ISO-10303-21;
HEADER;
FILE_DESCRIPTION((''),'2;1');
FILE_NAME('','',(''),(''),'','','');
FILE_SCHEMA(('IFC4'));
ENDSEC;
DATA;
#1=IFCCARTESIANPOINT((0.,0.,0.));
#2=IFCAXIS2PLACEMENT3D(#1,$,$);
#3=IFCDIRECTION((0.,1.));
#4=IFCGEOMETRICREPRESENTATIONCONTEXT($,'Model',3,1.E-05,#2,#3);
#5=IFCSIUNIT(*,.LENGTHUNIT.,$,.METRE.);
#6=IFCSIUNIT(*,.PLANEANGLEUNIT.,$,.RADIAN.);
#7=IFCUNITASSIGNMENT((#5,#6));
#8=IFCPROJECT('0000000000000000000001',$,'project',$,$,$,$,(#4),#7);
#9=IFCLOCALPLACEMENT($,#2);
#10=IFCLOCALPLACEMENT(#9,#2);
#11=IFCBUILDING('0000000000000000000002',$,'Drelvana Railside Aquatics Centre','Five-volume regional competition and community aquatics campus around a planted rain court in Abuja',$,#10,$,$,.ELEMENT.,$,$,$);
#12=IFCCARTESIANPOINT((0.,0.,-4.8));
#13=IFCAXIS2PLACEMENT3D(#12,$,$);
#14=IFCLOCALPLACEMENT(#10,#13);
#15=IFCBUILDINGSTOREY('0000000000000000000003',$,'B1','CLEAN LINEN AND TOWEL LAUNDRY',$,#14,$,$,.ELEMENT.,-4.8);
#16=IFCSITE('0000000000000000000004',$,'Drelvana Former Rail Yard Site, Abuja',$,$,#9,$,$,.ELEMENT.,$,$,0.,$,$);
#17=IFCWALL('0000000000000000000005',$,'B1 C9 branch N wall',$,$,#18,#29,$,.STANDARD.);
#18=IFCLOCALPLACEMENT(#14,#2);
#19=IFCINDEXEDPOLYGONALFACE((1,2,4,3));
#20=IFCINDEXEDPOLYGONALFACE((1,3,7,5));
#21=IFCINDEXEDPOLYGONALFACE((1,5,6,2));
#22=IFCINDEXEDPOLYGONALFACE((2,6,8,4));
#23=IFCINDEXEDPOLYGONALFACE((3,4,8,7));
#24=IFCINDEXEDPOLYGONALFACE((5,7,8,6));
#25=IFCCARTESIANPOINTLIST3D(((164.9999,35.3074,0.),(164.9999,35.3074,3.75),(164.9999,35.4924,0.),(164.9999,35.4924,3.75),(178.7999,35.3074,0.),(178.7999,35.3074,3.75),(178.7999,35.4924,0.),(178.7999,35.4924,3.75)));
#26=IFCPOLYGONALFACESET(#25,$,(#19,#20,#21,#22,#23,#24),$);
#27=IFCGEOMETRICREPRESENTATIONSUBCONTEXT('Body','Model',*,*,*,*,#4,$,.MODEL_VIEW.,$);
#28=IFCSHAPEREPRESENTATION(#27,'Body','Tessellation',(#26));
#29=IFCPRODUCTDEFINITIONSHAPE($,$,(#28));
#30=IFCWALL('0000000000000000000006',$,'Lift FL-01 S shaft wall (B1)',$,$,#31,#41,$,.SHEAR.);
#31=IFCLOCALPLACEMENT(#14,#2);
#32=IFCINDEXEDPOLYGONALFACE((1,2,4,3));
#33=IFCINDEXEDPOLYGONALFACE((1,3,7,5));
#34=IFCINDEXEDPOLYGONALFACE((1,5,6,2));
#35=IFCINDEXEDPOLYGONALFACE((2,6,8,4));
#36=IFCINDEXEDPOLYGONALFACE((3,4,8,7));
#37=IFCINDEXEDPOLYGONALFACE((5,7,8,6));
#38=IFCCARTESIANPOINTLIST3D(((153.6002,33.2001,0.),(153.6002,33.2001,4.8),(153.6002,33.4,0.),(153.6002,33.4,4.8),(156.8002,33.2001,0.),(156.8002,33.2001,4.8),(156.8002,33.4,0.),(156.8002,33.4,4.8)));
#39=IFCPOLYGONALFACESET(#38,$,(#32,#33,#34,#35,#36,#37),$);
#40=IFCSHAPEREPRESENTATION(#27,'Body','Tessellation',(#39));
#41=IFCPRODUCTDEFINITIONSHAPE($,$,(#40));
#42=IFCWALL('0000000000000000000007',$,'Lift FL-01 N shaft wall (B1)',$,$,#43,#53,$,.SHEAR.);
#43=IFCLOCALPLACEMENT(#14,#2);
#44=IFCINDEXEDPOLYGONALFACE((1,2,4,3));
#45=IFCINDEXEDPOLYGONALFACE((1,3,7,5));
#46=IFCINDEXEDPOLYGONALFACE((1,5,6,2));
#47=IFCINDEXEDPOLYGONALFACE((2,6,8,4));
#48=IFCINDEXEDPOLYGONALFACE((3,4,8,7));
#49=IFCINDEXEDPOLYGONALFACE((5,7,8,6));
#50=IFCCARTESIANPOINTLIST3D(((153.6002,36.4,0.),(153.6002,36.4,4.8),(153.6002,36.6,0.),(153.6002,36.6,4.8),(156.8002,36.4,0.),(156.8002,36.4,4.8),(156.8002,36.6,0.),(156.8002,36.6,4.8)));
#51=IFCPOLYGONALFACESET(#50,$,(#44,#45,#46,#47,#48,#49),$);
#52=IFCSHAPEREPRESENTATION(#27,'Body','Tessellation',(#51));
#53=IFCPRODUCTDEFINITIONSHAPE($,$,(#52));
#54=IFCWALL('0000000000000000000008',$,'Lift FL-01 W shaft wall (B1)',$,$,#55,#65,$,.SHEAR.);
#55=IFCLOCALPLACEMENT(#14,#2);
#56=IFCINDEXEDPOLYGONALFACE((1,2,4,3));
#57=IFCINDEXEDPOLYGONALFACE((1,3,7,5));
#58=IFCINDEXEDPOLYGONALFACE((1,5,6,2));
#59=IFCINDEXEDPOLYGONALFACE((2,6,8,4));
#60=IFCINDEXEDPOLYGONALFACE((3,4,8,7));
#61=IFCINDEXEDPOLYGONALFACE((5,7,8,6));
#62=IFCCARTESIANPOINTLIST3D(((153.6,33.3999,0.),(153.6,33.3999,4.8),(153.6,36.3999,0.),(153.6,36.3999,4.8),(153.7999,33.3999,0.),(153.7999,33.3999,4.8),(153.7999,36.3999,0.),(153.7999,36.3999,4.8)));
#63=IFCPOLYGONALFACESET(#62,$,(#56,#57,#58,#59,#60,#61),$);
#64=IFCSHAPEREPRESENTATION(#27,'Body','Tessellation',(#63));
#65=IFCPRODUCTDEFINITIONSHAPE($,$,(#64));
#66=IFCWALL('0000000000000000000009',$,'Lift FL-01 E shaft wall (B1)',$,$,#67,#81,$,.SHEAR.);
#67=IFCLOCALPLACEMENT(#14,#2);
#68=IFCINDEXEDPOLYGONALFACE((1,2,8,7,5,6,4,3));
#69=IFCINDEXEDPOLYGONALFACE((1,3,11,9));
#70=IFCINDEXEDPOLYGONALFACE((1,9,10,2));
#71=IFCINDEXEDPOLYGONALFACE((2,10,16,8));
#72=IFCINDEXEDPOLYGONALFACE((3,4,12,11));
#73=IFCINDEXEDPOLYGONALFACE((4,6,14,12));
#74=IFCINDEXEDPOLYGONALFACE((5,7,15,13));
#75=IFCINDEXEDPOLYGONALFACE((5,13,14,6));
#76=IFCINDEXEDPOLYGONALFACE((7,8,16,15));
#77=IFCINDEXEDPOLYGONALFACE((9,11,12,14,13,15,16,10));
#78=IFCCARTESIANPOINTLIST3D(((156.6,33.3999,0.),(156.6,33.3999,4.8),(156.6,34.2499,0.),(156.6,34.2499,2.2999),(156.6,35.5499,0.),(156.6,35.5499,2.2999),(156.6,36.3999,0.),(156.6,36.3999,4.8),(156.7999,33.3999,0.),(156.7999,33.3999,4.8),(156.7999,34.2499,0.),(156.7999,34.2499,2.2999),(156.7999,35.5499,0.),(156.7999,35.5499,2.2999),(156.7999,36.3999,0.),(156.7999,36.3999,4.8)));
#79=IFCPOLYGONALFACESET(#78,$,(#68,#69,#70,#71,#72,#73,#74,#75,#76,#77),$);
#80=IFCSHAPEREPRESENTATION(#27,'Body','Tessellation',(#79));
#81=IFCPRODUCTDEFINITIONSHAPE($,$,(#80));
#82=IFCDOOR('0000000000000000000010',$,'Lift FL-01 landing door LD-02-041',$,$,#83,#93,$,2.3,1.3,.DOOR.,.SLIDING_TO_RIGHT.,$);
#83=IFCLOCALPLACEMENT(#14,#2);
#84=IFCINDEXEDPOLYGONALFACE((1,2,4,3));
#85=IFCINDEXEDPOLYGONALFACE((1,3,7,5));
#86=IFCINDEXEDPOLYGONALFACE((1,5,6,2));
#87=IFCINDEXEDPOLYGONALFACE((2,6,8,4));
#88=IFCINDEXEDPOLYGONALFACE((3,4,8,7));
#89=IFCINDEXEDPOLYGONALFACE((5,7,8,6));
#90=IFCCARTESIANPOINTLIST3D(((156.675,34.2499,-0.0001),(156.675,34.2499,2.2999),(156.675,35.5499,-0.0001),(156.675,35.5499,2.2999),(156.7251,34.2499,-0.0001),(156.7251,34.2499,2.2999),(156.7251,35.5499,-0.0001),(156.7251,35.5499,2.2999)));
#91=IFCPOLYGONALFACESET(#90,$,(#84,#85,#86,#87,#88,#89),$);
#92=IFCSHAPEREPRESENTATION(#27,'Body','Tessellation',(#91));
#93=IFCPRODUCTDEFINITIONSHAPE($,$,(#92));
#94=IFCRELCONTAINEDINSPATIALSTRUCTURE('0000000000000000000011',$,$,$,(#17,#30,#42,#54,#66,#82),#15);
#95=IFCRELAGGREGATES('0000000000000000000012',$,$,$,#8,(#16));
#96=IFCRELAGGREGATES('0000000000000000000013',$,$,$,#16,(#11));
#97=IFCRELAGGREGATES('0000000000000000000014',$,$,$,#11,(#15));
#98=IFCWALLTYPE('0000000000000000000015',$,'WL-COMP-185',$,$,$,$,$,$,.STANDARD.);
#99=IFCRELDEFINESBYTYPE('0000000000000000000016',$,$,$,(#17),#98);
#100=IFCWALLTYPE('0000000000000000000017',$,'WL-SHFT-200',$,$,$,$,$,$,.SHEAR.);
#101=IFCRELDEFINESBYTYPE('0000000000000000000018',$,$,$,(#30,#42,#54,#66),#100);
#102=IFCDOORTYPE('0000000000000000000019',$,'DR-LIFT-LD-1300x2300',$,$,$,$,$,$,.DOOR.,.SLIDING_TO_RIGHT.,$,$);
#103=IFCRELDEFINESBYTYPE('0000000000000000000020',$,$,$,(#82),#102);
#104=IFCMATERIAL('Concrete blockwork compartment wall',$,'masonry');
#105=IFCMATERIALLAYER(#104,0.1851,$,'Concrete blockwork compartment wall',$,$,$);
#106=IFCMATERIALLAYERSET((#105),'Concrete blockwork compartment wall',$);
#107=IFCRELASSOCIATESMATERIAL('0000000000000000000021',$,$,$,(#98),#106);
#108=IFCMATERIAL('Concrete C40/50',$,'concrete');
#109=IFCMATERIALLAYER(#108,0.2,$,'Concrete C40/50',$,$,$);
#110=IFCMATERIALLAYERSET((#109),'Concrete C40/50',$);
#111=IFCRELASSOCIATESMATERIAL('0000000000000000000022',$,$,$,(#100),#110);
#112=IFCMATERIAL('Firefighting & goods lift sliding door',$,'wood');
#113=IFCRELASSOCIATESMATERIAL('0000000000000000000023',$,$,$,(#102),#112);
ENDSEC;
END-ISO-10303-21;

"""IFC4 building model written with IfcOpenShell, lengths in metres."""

from ifc_helpers import new_model, si_unit, direction, frame, frame_2d, origin, place, context, subcontext, project, spatial, rectangle, extrude, material, layer, layer_set, type_object, element, fill, save


model = new_model("IFC4")

# Units and contexts
model_context = context("Model", 3, precision=1e-05, world=origin(), true_north=direction((0.0, 1.0)))
body_context = subcontext(model_context, "Body", "Model", "MODEL_VIEW")
ifc_project = project(units=[si_unit("LENGTHUNIT", "METRE"), si_unit("PLANEANGLEUNIT", "RADIAN")], contexts=[model_context])

# Site, building, storey
site_placement = place(None, origin())
site = spatial("IfcSite", under=ifc_project, at=site_placement, Name="Drelvana Former Rail Yard Site, Abuja", CompositionType="ELEMENT", RefElevation=0.0)
building_placement = place(site_placement, origin())
building = spatial("IfcBuilding", under=site, at=building_placement, Name="Drelvana Railside Aquatics Centre", Description="Five-volume regional competition and community aquatics campus around a planted rain court in Abuja", CompositionType="ELEMENT")
storey_placement = place(building_placement, frame((0.0, 0.0, -4.8)))
storey = spatial("IfcBuildingStorey", under=building, at=storey_placement, Name="B1", Description="CLEAN LINEN AND TOWEL LAUNDRY", CompositionType="ELEMENT", Elevation=-4.8)

# Shared definitions
ifc_material_1 = material(Name="Concrete C40/50", Category="concrete")

# Shared definitions
ifc_material_2 = material(Name="Concrete blockwork compartment wall", Category="masonry")
ifc_layer_1 = layer(ifc_material_2, 0.1851, Name="Concrete blockwork compartment wall")
ifc_layer_set_1 = layer_set([ifc_layer_1], Name="Concrete blockwork compartment wall")
wall_type_1 = type_object("IfcWallType", Name="WL-COMP-185", PredefinedType="STANDARD", material=ifc_layer_set_1)

# Walls
wall_1_placement = place(storey_placement, frame((165.0, 35.3999, 0.0), z_axis=(0.0, 0.0, 1.0), x_axis=(1.0, 0.0, 0.0)))
element("IfcWall", 1, at=wall_1_placement, inside=storey, type_object=wall_type_1, Name="B1 C9 branch N wall", PredefinedType="STANDARD", context=body_context, shape_type="SweptSolid", body=[
    extrude(rectangle(XDim=13.8, YDim=0.1851, at=frame_2d((6.8999, 0.0))), origin(), (0.0, 0.0, 1.0), 3.75),
])
ifc_layer_2 = layer(ifc_material_1, 0.2, Name="Concrete C40/50")
ifc_layer_set_2 = layer_set([ifc_layer_2], Name="Concrete C40/50")
wall_type_2 = type_object("IfcWallType", Name="WL-SHFT-200", PredefinedType="SHEAR", material=ifc_layer_set_2)
for number, where, z_axis, x_axis, name in (
    (2, (153.6001, 33.3, 0.0), (0.0, 0.0, 1.0), (1.0, 0.0, 0.0), "Lift FL-01 S shaft wall (B1)"),
    (3, (153.6001, 36.5, 0.0), (0.0, 0.0, 1.0), (1.0, 0.0, 0.0), "Lift FL-01 N shaft wall (B1)"),
):
    element("IfcWall", number, at=place(storey_placement, frame(where, z_axis=z_axis, x_axis=x_axis)), inside=storey, type_object=wall_type_2, Name=name, PredefinedType="SHEAR", context=body_context, shape_type="SweptSolid", body=[
        extrude(rectangle(XDim=3.2, YDim=0.2, at=frame_2d((1.6001, 0.0))), origin(), (0.0, 0.0, 1.0), 4.8),
    ])
wall_2_placement = place(storey_placement, frame((153.7, 33.3999, 0.0), z_axis=(0.0, 0.0, 1.0), x_axis=(0.0, 1.0, 0.0)))
element("IfcWall", 4, at=wall_2_placement, inside=storey, type_object=wall_type_2, Name="Lift FL-01 W shaft wall (B1)", PredefinedType="SHEAR", context=body_context, shape_type="SweptSolid", body=[
    extrude(rectangle(XDim=3.0, YDim=0.2, at=frame_2d((1.5, 0.0))), origin(), (0.0, 0.0, 1.0), 4.8),
])

# Wall, opening, door
wall_3_placement = place(storey_placement, frame((156.7, 33.3999, 0.0), z_axis=(0.0, 0.0, 1.0), x_axis=(0.0, 1.0, 0.0)))
wall_3 = element("IfcWall", 5, at=wall_3_placement, inside=storey, type_object=wall_type_2, Name="Lift FL-01 E shaft wall (B1)", PredefinedType="SHEAR", context=body_context, shape_type="SweptSolid", body=[
    extrude(rectangle(XDim=3.0, YDim=0.2, at=frame_2d((1.5, 0.0))), origin(), (0.0, 0.0, 1.0), 4.8),
])
opening_1_placement = place(wall_3_placement, frame((0.8501, 0.0, 0.0)))
opening_1 = element("IfcOpeningElement", 6, at=opening_1_placement, cuts=wall_3, PredefinedType="OPENING", context=body_context, shape_type="SweptSolid", body=[
    extrude(rectangle(XDim=1.3, YDim=2.3, at=frame_2d((0.6499, 1.1499))), frame((0.0, 0.1099, 0.0), z_axis=(0.0, -1.0, 0.0), x_axis=(1.0, 0.0, 0.0)), (0.0, 0.0, 1.0), 0.22),
])
ifc_material_3 = material(Name="Firefighting & goods lift sliding door", Category="wood")
door_type_1 = type_object("IfcDoorType", Name="DR-LIFT-LD-1300x2300", OperationType="SLIDING_TO_RIGHT", PredefinedType="DOOR", material=ifc_material_3)
door_1_placement = place(opening_1_placement, origin())
door_1 = element("IfcDoor", 7, at=door_1_placement, inside=storey, type_object=door_type_1, Name="Lift FL-01 landing door LD-02-041", OperationType="SLIDING_TO_RIGHT", OverallHeight=2.3, OverallWidth=1.3, PredefinedType="DOOR", context=body_context, shape_type="SweptSolid", body=[
    extrude(rectangle(XDim=1.3, YDim=2.3, at=frame_2d((0.6499, 1.1499))), frame((0.0, 0.0249, 0.0), z_axis=(0.0, -1.0, 0.0), x_axis=(1.0, 0.0, 0.0)), (0.0, 0.0, 1.0), 0.05),
])
fill(opening_1, door_1)

save(model, "model.ifc")
